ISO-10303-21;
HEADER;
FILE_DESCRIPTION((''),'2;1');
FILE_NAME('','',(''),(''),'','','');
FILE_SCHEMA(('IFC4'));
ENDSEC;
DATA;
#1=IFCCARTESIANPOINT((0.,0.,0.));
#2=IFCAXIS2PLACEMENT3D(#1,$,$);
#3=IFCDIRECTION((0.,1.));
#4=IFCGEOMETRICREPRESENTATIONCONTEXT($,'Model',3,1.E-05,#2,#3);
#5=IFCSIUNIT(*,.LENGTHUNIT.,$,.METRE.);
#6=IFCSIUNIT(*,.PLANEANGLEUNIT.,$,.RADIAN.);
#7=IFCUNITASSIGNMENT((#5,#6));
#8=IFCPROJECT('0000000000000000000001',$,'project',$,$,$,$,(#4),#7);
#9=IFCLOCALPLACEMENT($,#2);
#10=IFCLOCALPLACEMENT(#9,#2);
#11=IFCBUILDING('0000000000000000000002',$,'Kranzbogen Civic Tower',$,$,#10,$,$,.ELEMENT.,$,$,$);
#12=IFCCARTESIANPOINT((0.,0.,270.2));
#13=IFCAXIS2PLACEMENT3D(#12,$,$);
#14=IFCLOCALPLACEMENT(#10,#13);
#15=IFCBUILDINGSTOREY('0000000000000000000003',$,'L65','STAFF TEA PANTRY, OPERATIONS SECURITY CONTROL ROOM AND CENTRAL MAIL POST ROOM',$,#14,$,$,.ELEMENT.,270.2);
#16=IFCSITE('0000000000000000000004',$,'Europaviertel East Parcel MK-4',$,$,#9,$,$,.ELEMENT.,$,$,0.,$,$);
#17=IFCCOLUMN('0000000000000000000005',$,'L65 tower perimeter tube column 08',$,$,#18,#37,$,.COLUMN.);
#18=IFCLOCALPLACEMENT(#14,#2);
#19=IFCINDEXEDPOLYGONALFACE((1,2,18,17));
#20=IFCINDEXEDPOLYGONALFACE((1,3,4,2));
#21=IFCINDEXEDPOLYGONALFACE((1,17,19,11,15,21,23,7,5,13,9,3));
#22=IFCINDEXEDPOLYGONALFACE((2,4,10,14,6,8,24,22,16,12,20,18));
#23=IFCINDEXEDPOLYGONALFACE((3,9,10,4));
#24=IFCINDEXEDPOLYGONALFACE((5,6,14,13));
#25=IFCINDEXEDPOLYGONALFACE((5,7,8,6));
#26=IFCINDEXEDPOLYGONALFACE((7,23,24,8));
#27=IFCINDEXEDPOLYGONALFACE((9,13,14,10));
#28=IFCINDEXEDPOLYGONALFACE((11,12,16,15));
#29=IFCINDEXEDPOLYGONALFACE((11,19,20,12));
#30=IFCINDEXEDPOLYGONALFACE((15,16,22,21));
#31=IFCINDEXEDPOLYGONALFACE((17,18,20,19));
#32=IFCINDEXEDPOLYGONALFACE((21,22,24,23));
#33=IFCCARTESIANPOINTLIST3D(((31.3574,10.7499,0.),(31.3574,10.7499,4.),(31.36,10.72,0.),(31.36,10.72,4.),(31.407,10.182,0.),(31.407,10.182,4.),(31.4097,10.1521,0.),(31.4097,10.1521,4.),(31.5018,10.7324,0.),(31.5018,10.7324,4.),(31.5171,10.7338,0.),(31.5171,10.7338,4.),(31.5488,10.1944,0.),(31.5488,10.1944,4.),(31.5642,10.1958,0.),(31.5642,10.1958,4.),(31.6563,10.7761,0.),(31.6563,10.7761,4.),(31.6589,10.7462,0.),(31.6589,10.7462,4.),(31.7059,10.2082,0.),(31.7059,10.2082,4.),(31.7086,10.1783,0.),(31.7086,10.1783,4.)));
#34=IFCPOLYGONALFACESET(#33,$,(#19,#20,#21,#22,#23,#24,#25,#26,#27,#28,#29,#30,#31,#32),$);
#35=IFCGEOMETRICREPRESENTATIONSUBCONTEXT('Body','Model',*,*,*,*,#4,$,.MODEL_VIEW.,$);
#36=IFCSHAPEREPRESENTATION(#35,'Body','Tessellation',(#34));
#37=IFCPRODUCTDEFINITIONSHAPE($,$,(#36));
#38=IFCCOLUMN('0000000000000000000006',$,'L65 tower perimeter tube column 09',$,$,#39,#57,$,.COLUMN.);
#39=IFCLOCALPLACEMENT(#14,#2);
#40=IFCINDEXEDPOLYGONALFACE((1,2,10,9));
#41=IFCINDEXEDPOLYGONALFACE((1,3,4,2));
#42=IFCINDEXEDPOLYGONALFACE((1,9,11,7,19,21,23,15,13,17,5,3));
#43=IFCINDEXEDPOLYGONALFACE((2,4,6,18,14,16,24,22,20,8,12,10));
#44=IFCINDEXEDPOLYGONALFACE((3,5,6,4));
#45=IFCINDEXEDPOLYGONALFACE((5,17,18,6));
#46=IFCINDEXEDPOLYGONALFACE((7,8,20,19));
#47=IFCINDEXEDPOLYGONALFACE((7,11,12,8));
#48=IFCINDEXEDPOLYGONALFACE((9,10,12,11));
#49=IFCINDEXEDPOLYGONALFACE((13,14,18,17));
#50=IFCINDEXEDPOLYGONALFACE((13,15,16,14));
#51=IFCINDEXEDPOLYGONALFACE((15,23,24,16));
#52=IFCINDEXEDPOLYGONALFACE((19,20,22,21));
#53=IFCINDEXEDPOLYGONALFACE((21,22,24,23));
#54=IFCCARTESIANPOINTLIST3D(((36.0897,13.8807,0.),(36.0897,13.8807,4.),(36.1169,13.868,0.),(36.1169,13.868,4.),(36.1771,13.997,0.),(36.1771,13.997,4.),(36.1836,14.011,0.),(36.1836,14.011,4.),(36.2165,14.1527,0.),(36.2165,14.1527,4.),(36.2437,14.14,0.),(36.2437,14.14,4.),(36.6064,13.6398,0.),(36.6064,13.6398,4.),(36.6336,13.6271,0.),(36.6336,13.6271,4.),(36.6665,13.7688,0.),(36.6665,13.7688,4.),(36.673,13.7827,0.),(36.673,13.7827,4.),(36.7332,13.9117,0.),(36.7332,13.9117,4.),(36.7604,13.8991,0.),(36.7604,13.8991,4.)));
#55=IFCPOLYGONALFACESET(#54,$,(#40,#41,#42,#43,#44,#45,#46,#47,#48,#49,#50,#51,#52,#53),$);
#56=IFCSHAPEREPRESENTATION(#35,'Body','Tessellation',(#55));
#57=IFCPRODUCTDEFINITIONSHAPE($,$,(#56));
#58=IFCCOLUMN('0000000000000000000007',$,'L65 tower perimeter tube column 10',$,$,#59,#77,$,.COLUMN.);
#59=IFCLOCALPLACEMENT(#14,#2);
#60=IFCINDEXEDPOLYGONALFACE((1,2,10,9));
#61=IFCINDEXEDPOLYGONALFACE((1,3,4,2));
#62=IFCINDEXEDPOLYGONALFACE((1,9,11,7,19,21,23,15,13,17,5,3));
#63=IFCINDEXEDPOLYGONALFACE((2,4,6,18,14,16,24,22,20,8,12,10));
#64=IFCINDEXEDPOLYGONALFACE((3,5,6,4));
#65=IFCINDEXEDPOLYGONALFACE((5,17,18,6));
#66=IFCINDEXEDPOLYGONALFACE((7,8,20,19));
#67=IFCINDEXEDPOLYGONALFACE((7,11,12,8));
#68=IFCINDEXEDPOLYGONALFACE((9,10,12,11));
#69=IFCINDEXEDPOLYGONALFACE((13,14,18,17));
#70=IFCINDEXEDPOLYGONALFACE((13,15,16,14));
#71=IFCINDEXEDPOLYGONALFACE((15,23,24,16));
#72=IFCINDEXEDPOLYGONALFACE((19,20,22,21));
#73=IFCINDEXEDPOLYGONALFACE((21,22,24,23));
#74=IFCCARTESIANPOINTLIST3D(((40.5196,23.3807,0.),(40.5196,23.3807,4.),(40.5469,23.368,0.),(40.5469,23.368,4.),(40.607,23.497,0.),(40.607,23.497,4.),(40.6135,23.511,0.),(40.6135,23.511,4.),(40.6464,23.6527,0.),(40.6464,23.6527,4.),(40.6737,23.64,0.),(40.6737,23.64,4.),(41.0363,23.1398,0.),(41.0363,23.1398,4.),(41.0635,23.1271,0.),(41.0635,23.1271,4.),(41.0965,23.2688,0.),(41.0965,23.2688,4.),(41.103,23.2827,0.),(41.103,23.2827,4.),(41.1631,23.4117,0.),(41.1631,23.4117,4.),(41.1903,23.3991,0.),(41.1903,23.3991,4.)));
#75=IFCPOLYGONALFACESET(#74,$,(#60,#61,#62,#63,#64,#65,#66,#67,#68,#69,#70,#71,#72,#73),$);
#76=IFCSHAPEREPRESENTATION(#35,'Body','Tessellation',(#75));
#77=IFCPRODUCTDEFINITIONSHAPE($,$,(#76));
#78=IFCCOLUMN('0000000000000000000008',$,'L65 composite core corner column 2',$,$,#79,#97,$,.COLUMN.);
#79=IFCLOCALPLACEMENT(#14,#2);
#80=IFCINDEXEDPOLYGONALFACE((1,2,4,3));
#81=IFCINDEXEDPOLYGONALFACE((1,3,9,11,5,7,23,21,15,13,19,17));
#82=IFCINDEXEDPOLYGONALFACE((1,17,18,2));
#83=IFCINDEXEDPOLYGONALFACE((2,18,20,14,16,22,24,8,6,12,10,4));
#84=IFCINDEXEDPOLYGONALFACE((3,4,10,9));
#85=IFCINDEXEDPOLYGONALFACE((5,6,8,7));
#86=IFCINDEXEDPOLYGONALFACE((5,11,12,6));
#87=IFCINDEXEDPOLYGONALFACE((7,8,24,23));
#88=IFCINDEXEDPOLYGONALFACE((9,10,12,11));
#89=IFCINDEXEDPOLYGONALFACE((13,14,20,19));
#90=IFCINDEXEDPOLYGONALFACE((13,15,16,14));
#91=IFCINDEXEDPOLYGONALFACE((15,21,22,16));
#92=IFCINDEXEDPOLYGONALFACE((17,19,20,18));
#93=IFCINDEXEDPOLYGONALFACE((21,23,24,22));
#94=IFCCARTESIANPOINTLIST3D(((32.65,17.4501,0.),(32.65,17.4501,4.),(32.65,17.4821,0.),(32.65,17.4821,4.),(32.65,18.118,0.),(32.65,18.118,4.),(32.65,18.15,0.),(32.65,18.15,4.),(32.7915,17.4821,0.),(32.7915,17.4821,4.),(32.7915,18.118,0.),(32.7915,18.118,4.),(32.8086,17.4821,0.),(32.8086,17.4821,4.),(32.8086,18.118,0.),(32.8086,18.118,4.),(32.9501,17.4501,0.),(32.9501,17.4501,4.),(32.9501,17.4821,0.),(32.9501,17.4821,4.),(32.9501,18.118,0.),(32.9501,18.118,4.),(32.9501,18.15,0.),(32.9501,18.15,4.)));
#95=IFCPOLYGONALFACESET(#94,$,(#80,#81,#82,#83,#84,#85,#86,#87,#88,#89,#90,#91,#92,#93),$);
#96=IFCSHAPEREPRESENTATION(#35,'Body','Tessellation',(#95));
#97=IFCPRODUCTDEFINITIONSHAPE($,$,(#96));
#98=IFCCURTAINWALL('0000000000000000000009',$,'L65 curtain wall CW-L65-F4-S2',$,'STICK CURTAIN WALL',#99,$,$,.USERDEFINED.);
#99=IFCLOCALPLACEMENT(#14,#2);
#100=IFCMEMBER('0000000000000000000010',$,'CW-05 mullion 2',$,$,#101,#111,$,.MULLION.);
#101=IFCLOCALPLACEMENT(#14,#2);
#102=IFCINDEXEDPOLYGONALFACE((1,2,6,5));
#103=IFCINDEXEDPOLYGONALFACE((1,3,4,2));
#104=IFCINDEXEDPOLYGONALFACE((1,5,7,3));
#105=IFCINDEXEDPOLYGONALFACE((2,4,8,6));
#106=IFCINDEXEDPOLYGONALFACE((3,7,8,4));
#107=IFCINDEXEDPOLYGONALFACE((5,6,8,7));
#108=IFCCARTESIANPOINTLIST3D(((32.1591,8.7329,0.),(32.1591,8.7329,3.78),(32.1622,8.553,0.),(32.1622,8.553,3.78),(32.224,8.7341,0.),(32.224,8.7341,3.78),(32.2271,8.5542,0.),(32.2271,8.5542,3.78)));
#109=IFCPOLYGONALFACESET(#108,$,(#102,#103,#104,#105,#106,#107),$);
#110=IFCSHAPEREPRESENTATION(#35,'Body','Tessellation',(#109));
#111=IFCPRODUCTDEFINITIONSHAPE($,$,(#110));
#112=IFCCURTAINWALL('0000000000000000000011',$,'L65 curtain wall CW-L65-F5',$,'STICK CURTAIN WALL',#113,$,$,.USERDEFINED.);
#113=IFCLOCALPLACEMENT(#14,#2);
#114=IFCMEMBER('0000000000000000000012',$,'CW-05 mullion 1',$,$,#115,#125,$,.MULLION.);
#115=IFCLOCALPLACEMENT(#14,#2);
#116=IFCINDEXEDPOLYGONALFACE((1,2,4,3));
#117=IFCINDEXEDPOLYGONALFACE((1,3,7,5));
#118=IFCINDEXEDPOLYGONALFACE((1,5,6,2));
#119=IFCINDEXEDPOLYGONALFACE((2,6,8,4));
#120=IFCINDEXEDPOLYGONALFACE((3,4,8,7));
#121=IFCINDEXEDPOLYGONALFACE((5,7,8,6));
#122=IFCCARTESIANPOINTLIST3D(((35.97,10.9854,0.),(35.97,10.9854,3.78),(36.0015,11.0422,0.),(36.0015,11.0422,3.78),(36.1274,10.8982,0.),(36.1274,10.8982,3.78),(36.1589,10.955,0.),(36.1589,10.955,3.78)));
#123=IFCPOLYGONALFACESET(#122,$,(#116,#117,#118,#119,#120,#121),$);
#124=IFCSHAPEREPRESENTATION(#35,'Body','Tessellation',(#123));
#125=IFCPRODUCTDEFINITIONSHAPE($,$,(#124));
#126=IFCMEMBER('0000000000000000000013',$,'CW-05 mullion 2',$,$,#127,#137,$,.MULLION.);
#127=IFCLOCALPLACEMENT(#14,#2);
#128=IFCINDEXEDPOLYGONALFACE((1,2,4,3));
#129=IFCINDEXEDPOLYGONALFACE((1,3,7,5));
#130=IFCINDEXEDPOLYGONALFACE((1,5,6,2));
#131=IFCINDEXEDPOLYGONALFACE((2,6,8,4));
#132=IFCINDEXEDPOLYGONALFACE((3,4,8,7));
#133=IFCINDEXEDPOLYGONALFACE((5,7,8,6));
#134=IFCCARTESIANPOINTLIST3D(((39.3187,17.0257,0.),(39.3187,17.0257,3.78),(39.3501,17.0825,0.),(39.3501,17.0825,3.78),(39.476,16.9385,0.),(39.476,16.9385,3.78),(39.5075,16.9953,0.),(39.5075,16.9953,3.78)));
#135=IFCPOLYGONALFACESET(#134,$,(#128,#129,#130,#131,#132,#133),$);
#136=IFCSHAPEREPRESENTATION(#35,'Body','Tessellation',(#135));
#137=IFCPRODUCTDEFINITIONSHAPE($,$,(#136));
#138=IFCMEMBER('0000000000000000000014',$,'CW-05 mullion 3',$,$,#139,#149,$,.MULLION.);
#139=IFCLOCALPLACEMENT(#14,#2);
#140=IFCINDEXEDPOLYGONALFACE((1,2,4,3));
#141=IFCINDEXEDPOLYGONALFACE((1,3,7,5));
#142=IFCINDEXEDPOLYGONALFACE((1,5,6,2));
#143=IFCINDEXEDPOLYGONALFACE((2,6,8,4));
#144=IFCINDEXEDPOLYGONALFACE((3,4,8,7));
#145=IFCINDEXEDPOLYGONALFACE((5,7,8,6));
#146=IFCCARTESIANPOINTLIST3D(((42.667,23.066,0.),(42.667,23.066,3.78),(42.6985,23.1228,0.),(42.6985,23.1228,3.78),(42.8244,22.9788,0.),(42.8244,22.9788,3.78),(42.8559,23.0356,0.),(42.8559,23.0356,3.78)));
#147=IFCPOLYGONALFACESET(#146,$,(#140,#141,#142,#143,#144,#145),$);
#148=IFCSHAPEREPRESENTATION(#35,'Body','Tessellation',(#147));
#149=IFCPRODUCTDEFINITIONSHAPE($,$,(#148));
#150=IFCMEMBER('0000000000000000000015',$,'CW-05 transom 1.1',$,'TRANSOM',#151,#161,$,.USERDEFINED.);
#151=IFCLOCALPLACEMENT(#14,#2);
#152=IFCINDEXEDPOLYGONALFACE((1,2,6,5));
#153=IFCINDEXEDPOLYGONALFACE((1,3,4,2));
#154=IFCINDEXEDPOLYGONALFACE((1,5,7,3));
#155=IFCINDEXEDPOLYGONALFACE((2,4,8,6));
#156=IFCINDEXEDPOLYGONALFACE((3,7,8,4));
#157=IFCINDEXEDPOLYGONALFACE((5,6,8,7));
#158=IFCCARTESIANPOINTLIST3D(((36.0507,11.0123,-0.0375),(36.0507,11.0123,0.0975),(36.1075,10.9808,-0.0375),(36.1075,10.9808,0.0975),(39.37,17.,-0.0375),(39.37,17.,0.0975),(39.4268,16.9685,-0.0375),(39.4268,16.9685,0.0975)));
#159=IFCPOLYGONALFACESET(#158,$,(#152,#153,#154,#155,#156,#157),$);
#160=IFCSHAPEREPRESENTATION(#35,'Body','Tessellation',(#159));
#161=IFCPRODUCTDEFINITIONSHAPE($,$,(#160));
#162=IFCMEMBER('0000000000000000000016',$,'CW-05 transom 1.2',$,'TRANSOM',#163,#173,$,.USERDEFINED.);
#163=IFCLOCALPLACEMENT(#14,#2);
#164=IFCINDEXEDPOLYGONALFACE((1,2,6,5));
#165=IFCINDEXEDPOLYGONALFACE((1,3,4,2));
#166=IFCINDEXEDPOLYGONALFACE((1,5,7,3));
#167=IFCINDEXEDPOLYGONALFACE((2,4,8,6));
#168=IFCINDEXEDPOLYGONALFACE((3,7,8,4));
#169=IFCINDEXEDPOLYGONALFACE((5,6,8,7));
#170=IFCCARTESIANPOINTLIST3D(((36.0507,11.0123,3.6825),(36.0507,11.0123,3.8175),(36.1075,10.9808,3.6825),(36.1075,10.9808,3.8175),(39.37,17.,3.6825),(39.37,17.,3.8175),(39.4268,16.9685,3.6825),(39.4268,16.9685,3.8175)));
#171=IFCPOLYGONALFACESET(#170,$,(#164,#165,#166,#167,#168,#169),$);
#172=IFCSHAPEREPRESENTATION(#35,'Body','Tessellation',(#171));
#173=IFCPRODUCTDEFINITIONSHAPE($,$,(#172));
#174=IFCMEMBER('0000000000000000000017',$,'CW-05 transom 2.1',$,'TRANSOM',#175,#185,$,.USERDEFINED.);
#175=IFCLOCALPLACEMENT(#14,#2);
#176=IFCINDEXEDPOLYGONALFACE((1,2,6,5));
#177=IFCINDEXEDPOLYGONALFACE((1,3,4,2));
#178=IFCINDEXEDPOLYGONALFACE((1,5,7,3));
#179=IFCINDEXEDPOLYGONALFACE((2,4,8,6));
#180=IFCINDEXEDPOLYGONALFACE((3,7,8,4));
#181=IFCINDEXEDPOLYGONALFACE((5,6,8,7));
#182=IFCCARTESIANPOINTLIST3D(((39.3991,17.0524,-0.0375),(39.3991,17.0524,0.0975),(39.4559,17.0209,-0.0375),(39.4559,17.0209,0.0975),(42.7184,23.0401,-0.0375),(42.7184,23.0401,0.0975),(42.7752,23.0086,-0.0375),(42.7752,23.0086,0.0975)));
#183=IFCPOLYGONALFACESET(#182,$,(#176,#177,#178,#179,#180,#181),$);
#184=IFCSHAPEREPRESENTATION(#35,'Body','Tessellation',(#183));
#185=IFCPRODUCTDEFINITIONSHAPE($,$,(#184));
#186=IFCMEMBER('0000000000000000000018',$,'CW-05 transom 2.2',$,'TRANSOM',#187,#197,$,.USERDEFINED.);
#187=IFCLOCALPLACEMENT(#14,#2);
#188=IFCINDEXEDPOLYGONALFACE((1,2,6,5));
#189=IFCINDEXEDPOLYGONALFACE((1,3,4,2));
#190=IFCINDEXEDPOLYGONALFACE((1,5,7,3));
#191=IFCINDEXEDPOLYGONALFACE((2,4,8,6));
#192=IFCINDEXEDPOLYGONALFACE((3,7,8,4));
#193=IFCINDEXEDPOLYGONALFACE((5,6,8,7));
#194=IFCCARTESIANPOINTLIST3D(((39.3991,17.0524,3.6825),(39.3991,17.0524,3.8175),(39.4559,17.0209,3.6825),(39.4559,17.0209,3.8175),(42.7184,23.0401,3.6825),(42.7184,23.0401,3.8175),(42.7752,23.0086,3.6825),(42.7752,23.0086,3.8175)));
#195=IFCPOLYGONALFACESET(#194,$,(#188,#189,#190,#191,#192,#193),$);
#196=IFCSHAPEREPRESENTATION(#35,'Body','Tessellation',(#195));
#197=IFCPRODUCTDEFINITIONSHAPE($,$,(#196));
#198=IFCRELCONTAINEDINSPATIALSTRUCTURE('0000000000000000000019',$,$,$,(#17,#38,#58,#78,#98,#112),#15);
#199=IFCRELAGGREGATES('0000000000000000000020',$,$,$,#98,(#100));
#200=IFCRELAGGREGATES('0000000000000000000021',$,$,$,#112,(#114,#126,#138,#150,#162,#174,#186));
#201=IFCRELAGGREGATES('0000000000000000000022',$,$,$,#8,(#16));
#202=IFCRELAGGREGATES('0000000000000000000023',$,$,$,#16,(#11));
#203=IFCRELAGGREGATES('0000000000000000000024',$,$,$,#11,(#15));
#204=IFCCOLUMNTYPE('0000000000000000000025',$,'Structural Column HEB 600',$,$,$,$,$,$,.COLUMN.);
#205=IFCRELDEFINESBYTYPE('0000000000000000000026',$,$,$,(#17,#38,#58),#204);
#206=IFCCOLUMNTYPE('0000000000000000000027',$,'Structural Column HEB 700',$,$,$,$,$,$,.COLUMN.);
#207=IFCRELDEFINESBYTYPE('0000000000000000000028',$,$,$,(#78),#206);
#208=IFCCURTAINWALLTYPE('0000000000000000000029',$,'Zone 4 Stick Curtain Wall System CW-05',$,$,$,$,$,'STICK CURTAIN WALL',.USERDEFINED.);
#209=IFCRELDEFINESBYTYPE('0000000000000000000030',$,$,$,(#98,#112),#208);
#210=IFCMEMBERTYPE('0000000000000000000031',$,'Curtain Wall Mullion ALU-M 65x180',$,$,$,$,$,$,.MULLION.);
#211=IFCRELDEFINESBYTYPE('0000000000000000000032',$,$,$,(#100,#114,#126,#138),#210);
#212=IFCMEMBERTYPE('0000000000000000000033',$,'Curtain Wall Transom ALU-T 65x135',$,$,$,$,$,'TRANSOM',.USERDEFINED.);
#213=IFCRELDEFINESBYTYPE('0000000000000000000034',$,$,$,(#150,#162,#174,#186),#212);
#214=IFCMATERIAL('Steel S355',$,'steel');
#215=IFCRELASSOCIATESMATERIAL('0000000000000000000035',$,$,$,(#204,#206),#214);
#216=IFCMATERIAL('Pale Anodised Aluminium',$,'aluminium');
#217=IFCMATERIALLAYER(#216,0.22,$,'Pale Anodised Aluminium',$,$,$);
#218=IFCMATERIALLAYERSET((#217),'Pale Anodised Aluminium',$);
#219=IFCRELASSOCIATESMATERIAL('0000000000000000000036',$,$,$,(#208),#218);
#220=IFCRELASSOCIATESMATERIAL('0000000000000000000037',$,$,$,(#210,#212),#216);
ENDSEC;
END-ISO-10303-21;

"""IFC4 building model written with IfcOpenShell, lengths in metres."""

from ifc_helpers import new_model, si_unit, direction, frame, origin, origin_2d, place, context, subcontext, project, spatial, rectangle, i_section, extrude, material, layer, layer_set, material_profile, profile_set, type_object, element, aggregate, save


model = new_model("IFC4")

# Units and contexts
model_context = context("Model", 3, precision=1e-05, world=origin(), true_north=direction((0.0, 1.0)))
body_context = subcontext(model_context, "Body", "Model", "MODEL_VIEW")
ifc_project = project(units=[si_unit("LENGTHUNIT", "METRE"), si_unit("PLANEANGLEUNIT", "RADIAN")], contexts=[model_context])

# Site, building, storey
site_placement = place(None, origin())
site = spatial("IfcSite", under=ifc_project, at=site_placement, Name="Europaviertel East Parcel MK-4", CompositionType="ELEMENT", RefElevation=0.0)
building_placement = place(site_placement, origin())
building = spatial("IfcBuilding", under=site, at=building_placement, Name="Kranzbogen Civic Tower", CompositionType="ELEMENT")
storey_placement = place(building_placement, frame((0.0, 0.0, 270.2)))
storey = spatial("IfcBuildingStorey", under=building, at=storey_placement, Name="L65", Description="STAFF TEA PANTRY, OPERATIONS SECURITY CONTROL ROOM AND CENTRAL MAIL POST ROOM", CompositionType="ELEMENT", Elevation=270.2)

# Columns
ifc_material_1 = material(Name="Steel S355", Category="steel")
ifc_material_profile_1 = material_profile(ifc_material_1, i_section(OverallWidth=0.3, OverallDepth=0.6001, WebThickness=0.0154, FlangeThickness=0.03, at=origin_2d()), Name="HEB 600")
ifc_profile_set_1 = profile_set([ifc_material_profile_1], Name="Steel S355")
column_type_1 = type_object("IfcColumnType", Name="Structural Column HEB 600", PredefinedType="COLUMN", material=ifc_profile_set_1)
for number, where, z_axis, x_axis, name in (
    (1, (31.533, 10.4641, 0.0), (0.0, 0.0, 1.0), (0.996195, 0.087156, 0.0), "L65 tower perimeter tube column 08"),
    (2, (36.425, 13.8899, 0.0), (0.0, 0.0, 1.0), (0.422618, 0.906308, 0.0), "L65 tower perimeter tube column 09"),
    (3, (40.855, 23.3899, 0.0), (0.0, 0.0, 1.0), (0.422618, 0.906308, 0.0), "L65 tower perimeter tube column 10"),
):
    element("IfcColumn", number, at=place(storey_placement, frame(where, z_axis=z_axis, x_axis=x_axis)), inside=storey, type_object=column_type_1, Name=name, PredefinedType="COLUMN", context=body_context, shape_type="SweptSolid", body=[
        extrude(i_section(OverallWidth=0.3, OverallDepth=0.6001, WebThickness=0.0154, FlangeThickness=0.03, at=origin_2d()), origin(), (0.0, 0.0, 1.0), 4.0),
    ])
ifc_material_profile_2 = material_profile(ifc_material_1, i_section(OverallWidth=0.3, OverallDepth=0.7, WebThickness=0.0171, FlangeThickness=0.032, at=origin_2d()), Name="HEB 700")
ifc_profile_set_2 = profile_set([ifc_material_profile_2], Name="Steel S355")
column_type_2 = type_object("IfcColumnType", Name="Structural Column HEB 700", PredefinedType="COLUMN", material=ifc_profile_set_2)
column_placement = place(storey_placement, frame((32.8, 17.8, 0.0), z_axis=(0.0, 0.0, 1.0), x_axis=(1.0, 0.0, 0.0)))
element("IfcColumn", 4, at=column_placement, inside=storey, type_object=column_type_2, Name="L65 composite core corner column 2", PredefinedType="COLUMN", context=body_context, shape_type="SweptSolid", body=[
    extrude(i_section(OverallWidth=0.3, OverallDepth=0.7, WebThickness=0.0171, FlangeThickness=0.032, at=origin_2d()), origin(), (0.0, 0.0, 1.0), 4.0),
])

# Curtain wall, member
ifc_material_2 = material(Name="Pale Anodised Aluminium", Category="aluminium")
ifc_layer_1 = layer(ifc_material_2, 0.22, Name="Pale Anodised Aluminium")
ifc_layer_set_1 = layer_set([ifc_layer_1], Name="Pale Anodised Aluminium")
curtain_wall_type = type_object("IfcCurtainWallType", Name="Zone 4 Stick Curtain Wall System CW-05", ElementType="STICK CURTAIN WALL", PredefinedType="USERDEFINED", material=ifc_layer_set_1)
curtain_wall_1_placement = place(storey_placement, origin())
curtain_wall_1 = element("IfcCurtainWall", 5, at=curtain_wall_1_placement, inside=storey, type_object=curtain_wall_type, Name="L65 curtain wall CW-L65-F4-S2", ObjectType="STICK CURTAIN WALL", PredefinedType="USERDEFINED")
ifc_material_profile_3 = material_profile(ifc_material_2, rectangle(XDim=0.0649, YDim=0.1799, at=origin_2d()), Name="ALU-M 65x180")
ifc_profile_set_3 = profile_set([ifc_material_profile_3], Name="Pale Anodised Aluminium")
member_type_1 = type_object("IfcMemberType", Name="Curtain Wall Mullion ALU-M 65x180", PredefinedType="MULLION", material=ifc_profile_set_3)
member_1_placement = place(storey_placement, frame((32.1931, 8.6436, 0.0), z_axis=(0.0, 0.0, 1.0), x_axis=(0.999848, 0.017434, 0.0)))
member_1 = element("IfcMember", 6, at=member_1_placement, type_object=member_type_1, Name="CW-05 mullion 2", PredefinedType="MULLION", context=body_context, shape_type="SweptSolid", body=[
    extrude(rectangle(XDim=0.0649, YDim=0.1799, at=origin_2d()), origin(), (0.0, 0.0, 1.0), 3.78),
])
aggregate(curtain_wall_1, [member_1])

# Curtain wall, members
curtain_wall_2_placement = place(storey_placement, origin())
curtain_wall_2 = element("IfcCurtainWall", 7, at=curtain_wall_2_placement, inside=storey, type_object=curtain_wall_type, Name="L65 curtain wall CW-L65-F5", ObjectType="STICK CURTAIN WALL", PredefinedType="USERDEFINED")
member_2_placement = place(storey_placement, frame((36.0645, 10.9702, 0.0), z_axis=(0.0, 0.0, 1.0), x_axis=(0.484841, 0.874602, 0.0)))
member_2 = element("IfcMember", 8, at=member_2_placement, type_object=member_type_1, Name="CW-05 mullion 1", PredefinedType="MULLION", context=body_context, shape_type="SweptSolid", body=[
    extrude(rectangle(XDim=0.0649, YDim=0.1799, at=origin_2d()), origin(), (0.0, 0.0, 1.0), 3.78),
])
member_3_placement = place(storey_placement, frame((39.4131, 17.0105, 0.0), z_axis=(0.0, 0.0, 1.0), x_axis=(0.484841, 0.874602, 0.0)))
member_3 = element("IfcMember", 9, at=member_3_placement, type_object=member_type_1, Name="CW-05 mullion 2", PredefinedType="MULLION", context=body_context, shape_type="SweptSolid", body=[
    extrude(rectangle(XDim=0.0649, YDim=0.1799, at=origin_2d()), origin(), (0.0, 0.0, 1.0), 3.78),
])
member_4_placement = place(storey_placement, frame((42.7615, 23.0508, 0.0), z_axis=(0.0, 0.0, 1.0), x_axis=(0.484841, 0.874602, 0.0)))
member_4 = element("IfcMember", 10, at=member_4_placement, type_object=member_type_1, Name="CW-05 mullion 3", PredefinedType="MULLION", context=body_context, shape_type="SweptSolid", body=[
    extrude(rectangle(XDim=0.0649, YDim=0.1799, at=origin_2d()), origin(), (0.0, 0.0, 1.0), 3.78),
])
ifc_material_profile_4 = material_profile(ifc_material_2, rectangle(XDim=0.0649, YDim=0.135, at=origin_2d()), Name="ALU-T 65x135")
ifc_profile_set_4 = profile_set([ifc_material_profile_4], Name="Pale Anodised Aluminium")
member_type_2 = type_object("IfcMemberType", Name="Curtain Wall Transom ALU-T 65x135", ElementType="TRANSOM", PredefinedType="USERDEFINED", material=ifc_profile_set_4)
member_5_placement = place(storey_placement, frame((36.0791, 10.9966, 0.03), z_axis=(0.484837, 0.874604, 0.0), x_axis=(-0.874604, 0.484837, 0.0)))
member_5 = element("IfcMember", 11, at=member_5_placement, type_object=member_type_2, Name="CW-05 transom 1.1", ObjectType="TRANSOM", PredefinedType="USERDEFINED", context=body_context, shape_type="SweptSolid", body=[
    extrude(rectangle(XDim=0.0649, YDim=0.135, at=origin_2d()), origin(), (0.0, 0.0, 1.0), 6.8462),
])
member_6_placement = place(storey_placement, frame((36.0791, 10.9966, 3.75), z_axis=(0.484837, 0.874604, 0.0), x_axis=(-0.874604, 0.484837, 0.0)))
member_6 = element("IfcMember", 12, at=member_6_placement, type_object=member_type_2, Name="CW-05 transom 1.2", ObjectType="TRANSOM", PredefinedType="USERDEFINED", context=body_context, shape_type="SweptSolid", body=[
    extrude(rectangle(XDim=0.0649, YDim=0.135, at=origin_2d()), origin(), (0.0, 0.0, 1.0), 6.8462),
])
member_7_placement = place(storey_placement, frame((39.4275, 17.0366, 0.03), z_axis=(0.484837, 0.874604, 0.0), x_axis=(-0.874604, 0.484837, 0.0)))
member_7 = element("IfcMember", 13, at=member_7_placement, type_object=member_type_2, Name="CW-05 transom 2.1", ObjectType="TRANSOM", PredefinedType="USERDEFINED", context=body_context, shape_type="SweptSolid", body=[
    extrude(rectangle(XDim=0.0649, YDim=0.135, at=origin_2d()), origin(), (0.0, 0.0, 1.0), 6.8462),
])
member_8_placement = place(storey_placement, frame((39.4275, 17.0366, 3.75), z_axis=(0.484837, 0.874604, 0.0), x_axis=(-0.874604, 0.484837, 0.0)))
member_8 = element("IfcMember", 14, at=member_8_placement, type_object=member_type_2, Name="CW-05 transom 2.2", ObjectType="TRANSOM", PredefinedType="USERDEFINED", context=body_context, shape_type="SweptSolid", body=[
    extrude(rectangle(XDim=0.0649, YDim=0.135, at=origin_2d()), origin(), (0.0, 0.0, 1.0), 6.8462),
])

aggregate(curtain_wall_2, [member_2, member_3, member_4, member_5, member_6, member_7, member_8])

save(model, "model.ifc")
